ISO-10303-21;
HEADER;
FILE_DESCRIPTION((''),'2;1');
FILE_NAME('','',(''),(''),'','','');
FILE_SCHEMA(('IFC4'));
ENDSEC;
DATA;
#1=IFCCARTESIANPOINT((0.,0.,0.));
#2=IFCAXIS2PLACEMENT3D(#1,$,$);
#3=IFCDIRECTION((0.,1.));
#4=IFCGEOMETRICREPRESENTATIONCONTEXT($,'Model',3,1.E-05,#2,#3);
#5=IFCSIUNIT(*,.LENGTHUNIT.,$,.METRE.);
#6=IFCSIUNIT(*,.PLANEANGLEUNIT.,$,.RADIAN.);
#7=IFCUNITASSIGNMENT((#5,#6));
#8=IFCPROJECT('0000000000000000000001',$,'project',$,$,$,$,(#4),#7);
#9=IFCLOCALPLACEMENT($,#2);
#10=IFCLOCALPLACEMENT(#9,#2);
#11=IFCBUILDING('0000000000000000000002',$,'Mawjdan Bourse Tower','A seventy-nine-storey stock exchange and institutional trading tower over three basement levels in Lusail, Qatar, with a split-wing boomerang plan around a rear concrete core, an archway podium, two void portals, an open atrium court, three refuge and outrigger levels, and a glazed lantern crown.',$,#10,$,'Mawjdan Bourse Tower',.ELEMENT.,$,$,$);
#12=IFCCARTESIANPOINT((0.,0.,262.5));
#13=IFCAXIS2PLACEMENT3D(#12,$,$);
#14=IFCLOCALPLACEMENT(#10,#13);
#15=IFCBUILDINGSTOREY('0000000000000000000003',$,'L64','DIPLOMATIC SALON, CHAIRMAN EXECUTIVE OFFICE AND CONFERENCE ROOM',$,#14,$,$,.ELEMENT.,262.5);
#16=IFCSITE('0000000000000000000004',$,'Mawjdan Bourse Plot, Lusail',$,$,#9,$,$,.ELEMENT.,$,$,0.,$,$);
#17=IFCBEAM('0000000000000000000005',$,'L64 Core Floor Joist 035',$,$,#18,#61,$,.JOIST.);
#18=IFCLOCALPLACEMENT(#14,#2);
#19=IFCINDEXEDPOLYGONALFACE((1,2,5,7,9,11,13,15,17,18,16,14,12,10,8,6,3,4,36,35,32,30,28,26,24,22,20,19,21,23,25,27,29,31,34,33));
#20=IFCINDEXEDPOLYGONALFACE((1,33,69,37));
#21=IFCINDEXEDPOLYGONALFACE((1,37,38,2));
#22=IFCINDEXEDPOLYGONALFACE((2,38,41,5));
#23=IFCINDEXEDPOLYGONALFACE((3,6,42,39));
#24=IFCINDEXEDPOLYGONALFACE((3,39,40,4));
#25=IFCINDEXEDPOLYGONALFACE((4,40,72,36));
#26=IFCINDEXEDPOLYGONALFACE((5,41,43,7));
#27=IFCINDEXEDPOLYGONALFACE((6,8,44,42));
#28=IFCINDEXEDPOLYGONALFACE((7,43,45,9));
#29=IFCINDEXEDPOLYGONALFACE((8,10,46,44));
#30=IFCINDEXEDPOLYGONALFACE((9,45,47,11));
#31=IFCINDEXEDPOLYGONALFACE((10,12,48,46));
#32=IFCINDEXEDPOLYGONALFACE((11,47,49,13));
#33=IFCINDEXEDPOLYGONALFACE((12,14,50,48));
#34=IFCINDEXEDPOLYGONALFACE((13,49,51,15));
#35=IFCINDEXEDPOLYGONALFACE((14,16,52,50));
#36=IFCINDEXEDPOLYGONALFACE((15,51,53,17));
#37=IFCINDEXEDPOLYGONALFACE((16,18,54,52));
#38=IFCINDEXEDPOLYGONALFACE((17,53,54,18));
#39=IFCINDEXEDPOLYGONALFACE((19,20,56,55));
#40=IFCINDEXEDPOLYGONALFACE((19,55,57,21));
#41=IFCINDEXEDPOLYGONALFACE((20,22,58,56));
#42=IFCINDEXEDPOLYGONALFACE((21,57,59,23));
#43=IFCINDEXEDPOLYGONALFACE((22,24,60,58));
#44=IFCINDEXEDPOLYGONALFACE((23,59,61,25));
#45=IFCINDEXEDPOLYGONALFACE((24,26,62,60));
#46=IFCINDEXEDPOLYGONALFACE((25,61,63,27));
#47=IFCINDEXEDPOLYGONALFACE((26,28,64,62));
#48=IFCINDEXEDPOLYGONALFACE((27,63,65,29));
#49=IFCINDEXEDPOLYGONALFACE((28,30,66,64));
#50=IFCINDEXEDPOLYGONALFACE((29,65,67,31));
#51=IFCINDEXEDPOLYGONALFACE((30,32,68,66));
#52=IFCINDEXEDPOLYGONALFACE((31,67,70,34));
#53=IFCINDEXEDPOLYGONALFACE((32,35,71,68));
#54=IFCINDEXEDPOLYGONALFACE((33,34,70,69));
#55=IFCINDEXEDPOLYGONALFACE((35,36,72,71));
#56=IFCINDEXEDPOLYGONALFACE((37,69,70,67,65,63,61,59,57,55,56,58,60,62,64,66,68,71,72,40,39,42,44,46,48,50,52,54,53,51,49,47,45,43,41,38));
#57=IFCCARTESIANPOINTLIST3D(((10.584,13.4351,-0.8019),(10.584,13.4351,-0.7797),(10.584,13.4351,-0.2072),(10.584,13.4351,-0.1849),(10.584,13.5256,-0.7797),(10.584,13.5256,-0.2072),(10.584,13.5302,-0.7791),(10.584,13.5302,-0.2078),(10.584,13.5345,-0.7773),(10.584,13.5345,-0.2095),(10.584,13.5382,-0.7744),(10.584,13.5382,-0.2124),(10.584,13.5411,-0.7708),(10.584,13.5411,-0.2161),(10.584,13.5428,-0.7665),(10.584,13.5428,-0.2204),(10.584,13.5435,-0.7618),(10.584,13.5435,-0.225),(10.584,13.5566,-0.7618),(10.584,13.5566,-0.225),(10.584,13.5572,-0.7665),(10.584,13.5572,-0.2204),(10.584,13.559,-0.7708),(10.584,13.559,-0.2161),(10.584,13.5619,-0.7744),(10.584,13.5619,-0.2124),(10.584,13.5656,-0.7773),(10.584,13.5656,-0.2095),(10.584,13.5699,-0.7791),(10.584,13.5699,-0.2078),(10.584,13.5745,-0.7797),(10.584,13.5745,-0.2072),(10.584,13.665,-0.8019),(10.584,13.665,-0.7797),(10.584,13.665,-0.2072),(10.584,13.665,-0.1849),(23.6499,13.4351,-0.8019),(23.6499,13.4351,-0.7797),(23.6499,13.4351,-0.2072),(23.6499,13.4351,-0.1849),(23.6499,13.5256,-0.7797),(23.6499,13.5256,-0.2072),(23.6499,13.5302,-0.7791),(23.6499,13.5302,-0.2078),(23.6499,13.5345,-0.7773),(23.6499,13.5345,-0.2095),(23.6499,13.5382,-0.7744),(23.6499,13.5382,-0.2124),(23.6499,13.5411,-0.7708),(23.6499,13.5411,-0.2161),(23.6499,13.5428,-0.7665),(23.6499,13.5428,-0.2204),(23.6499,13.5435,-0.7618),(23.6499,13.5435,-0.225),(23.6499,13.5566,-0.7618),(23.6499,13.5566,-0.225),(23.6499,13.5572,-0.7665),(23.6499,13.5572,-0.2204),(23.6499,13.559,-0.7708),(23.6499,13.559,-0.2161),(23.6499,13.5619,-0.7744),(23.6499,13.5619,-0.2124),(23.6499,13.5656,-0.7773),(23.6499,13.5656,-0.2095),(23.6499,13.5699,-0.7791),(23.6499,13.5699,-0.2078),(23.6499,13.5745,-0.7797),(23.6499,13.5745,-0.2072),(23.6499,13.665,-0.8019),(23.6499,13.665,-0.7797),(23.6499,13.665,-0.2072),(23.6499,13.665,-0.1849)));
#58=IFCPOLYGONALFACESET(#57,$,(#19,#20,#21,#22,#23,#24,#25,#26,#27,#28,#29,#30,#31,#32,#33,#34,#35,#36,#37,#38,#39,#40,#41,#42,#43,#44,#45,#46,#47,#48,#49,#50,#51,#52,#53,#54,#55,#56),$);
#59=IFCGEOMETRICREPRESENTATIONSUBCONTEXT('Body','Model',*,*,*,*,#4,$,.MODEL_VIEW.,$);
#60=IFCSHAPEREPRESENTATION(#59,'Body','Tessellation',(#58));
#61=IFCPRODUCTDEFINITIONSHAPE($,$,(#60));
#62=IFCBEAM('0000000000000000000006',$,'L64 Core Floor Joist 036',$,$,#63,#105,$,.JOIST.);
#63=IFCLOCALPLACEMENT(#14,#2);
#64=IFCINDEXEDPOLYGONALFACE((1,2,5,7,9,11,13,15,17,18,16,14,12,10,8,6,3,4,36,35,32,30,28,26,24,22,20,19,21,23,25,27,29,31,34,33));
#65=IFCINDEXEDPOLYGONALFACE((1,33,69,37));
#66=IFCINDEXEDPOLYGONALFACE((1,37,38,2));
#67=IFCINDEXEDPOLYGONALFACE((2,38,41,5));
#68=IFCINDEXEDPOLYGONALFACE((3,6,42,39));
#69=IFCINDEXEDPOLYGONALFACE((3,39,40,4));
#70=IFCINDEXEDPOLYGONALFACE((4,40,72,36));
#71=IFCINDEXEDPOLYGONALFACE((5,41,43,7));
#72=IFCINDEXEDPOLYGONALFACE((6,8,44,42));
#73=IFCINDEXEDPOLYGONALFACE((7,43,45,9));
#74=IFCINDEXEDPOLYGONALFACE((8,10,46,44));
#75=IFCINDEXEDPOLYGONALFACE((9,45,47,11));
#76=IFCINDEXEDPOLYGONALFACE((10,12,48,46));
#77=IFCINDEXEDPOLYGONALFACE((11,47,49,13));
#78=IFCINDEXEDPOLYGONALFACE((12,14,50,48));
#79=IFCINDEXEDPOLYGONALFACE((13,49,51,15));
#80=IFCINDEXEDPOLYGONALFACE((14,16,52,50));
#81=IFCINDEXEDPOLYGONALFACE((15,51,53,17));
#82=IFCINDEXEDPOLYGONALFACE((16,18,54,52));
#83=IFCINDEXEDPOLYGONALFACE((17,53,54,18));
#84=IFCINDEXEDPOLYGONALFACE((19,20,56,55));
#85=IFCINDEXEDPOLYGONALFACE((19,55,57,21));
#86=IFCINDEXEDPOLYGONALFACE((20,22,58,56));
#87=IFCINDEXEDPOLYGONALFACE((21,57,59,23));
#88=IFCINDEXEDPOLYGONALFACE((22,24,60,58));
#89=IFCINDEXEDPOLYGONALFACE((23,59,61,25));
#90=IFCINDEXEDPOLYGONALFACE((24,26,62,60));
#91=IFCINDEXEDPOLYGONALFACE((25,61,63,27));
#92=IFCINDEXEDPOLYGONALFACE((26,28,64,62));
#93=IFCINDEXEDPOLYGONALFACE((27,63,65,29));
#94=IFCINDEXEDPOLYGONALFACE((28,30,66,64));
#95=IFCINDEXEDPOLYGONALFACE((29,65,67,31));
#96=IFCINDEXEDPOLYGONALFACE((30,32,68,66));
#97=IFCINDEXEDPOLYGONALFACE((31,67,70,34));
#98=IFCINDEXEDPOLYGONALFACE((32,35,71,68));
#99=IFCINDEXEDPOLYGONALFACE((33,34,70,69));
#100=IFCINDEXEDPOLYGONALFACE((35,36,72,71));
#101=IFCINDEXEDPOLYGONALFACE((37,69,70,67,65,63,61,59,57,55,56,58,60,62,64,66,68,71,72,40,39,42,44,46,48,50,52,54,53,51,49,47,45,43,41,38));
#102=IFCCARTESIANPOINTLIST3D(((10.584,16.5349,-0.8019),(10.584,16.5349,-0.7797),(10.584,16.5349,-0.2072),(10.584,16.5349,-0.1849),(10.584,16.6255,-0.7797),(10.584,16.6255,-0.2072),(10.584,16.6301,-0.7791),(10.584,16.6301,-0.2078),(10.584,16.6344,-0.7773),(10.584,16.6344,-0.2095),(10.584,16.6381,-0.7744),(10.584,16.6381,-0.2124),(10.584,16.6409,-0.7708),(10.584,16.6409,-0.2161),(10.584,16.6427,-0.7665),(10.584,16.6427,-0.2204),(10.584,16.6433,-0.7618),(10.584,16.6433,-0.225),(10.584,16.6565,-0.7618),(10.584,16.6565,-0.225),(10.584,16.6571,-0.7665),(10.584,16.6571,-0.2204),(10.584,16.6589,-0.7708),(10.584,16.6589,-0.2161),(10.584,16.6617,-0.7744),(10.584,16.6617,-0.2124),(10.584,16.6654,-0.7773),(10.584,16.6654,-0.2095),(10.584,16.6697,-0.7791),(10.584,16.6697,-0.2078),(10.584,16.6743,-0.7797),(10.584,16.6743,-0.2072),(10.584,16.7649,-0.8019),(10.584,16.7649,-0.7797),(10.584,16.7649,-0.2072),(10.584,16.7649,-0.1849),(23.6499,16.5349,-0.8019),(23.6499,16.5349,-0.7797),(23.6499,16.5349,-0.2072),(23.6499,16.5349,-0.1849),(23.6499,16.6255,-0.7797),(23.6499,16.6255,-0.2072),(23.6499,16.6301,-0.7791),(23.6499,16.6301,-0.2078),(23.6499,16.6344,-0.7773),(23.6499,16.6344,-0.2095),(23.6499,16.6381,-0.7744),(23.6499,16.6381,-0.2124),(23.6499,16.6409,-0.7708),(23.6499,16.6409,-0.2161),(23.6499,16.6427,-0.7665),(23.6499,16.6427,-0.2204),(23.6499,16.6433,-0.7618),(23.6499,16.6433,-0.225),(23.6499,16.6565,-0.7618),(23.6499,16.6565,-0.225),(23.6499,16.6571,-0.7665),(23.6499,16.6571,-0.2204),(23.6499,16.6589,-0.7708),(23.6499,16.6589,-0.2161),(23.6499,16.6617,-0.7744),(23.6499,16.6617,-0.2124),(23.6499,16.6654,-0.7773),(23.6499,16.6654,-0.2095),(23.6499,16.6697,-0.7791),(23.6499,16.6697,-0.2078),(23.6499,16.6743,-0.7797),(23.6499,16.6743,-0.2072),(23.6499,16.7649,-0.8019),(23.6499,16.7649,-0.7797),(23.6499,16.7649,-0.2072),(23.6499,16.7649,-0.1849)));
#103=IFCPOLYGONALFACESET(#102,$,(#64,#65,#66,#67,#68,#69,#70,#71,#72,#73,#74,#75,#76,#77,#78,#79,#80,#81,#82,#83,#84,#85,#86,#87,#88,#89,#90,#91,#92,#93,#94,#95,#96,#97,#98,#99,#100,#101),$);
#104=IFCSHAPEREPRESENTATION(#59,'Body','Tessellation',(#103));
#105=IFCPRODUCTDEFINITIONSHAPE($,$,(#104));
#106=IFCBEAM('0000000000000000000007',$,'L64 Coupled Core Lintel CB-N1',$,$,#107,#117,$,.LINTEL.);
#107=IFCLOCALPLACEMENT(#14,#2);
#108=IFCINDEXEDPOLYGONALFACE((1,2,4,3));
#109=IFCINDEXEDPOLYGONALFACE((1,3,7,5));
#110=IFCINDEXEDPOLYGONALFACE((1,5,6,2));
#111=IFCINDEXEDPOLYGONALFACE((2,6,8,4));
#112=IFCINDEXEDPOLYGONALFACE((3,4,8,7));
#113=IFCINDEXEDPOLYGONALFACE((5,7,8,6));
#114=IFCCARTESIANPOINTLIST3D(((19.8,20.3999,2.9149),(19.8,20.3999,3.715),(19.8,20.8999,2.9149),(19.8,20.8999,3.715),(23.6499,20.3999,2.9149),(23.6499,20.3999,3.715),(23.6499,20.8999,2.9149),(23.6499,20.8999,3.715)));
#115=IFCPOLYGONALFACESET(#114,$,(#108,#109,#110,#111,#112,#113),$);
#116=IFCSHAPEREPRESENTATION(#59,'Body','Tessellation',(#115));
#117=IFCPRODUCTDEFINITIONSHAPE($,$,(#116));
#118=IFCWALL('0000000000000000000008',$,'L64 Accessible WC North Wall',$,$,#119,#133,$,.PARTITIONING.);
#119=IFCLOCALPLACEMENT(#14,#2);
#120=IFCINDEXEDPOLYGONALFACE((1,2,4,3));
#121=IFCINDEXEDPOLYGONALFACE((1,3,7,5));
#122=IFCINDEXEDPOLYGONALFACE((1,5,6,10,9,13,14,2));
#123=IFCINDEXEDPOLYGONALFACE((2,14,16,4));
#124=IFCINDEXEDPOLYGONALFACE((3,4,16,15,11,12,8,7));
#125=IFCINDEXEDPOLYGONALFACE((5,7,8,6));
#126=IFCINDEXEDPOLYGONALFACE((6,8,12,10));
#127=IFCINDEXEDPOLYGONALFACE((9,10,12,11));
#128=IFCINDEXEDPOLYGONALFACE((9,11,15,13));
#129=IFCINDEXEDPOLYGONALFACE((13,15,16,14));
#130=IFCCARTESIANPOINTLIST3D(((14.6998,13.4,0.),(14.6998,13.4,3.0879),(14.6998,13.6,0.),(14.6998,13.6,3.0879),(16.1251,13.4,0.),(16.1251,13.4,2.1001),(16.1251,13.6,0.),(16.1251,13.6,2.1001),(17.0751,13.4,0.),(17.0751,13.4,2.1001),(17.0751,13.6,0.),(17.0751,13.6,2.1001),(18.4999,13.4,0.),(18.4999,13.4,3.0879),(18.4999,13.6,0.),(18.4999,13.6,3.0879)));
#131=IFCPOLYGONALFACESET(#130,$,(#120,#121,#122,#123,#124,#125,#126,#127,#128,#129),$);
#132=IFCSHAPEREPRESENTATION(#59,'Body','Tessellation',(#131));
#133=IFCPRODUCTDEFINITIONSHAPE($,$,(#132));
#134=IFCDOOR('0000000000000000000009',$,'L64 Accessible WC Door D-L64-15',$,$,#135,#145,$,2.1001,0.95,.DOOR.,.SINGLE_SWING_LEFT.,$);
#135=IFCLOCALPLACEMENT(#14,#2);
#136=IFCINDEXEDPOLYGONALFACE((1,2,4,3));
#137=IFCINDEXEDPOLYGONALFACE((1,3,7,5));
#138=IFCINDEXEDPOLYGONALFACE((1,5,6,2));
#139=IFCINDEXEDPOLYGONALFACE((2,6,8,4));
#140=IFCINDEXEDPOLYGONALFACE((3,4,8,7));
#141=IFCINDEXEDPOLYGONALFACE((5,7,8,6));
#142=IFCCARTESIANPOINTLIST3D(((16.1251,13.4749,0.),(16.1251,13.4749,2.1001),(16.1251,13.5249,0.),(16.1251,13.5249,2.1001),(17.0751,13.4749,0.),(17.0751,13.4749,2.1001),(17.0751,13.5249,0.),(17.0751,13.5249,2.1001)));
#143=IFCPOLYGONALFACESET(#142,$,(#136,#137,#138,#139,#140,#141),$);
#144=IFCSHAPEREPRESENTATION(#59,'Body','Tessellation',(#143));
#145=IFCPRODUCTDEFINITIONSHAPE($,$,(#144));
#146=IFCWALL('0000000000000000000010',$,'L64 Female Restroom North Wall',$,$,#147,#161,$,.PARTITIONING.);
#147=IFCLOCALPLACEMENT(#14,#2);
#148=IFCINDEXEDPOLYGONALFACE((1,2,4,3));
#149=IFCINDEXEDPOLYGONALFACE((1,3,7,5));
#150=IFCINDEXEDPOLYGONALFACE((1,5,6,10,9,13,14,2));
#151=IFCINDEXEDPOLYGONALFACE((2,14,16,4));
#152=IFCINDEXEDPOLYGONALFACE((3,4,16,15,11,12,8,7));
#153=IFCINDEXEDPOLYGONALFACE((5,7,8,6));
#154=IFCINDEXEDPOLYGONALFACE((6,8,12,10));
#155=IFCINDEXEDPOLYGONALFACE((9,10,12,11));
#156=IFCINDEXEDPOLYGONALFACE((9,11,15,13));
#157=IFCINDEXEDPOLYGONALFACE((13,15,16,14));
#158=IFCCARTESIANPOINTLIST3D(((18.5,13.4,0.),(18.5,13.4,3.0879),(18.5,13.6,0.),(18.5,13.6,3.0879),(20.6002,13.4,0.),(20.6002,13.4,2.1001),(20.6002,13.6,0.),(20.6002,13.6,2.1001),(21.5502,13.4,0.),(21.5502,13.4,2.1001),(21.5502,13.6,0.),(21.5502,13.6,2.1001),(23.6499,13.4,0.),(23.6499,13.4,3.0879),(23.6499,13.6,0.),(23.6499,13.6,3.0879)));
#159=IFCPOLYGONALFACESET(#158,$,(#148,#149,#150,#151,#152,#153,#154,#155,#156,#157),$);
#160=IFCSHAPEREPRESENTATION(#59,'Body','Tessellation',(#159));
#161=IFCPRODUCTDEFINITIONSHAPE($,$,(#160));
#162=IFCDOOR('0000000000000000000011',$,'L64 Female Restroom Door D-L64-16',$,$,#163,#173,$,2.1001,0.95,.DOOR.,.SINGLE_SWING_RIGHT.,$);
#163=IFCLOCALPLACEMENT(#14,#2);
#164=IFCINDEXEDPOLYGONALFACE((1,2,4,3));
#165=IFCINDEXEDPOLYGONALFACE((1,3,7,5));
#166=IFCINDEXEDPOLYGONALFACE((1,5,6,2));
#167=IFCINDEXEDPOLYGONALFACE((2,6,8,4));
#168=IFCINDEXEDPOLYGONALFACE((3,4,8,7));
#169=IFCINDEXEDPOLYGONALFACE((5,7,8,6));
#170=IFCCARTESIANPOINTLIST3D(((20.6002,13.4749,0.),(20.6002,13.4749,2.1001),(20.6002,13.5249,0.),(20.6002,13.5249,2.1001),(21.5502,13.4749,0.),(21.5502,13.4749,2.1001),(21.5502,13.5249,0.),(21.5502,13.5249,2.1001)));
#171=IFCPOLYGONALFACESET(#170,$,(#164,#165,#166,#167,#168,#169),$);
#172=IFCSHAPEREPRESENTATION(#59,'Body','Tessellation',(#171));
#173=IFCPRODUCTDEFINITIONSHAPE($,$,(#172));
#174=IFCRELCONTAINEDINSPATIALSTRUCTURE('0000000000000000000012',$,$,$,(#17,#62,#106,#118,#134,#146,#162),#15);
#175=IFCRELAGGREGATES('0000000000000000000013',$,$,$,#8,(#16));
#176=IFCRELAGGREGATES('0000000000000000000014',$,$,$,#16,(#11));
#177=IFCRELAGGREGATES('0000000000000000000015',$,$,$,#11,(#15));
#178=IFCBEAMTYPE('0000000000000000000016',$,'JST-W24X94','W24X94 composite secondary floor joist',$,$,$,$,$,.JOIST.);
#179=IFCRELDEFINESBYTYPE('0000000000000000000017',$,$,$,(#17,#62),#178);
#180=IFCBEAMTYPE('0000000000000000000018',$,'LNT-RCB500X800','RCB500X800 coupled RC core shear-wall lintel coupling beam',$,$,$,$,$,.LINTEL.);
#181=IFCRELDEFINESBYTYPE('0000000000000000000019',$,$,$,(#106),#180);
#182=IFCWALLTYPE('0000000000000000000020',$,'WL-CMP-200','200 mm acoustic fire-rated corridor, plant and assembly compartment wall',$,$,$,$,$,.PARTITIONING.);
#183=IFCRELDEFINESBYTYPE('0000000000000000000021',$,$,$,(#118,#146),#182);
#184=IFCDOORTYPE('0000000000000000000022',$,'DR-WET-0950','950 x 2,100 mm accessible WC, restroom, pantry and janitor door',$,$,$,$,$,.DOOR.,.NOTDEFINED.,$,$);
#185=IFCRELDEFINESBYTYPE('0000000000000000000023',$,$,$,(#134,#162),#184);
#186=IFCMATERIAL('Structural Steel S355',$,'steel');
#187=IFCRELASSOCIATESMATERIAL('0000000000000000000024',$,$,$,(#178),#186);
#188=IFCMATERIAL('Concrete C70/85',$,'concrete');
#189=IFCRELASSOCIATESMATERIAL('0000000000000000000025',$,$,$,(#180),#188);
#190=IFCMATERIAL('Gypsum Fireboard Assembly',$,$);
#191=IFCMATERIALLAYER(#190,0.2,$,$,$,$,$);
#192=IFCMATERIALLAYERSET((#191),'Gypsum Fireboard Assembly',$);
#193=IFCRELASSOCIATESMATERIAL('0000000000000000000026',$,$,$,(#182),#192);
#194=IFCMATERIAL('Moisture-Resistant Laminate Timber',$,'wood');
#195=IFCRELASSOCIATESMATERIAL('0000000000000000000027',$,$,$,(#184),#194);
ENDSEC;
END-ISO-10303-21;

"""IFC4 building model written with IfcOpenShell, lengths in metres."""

from ifc_helpers import new_model, si_unit, direction, frame, frame_2d, origin, origin_2d, place, context, subcontext, project, spatial, rectangle, i_section, extrude, material, layer, layer_set, material_profile, profile_set, type_object, element, fill, save


model = new_model("IFC4")

# Units and contexts
model_context = context("Model", 3, precision=1e-05, world=origin(), true_north=direction((0.0, 1.0)))
body_context = subcontext(model_context, "Body", "Model", "MODEL_VIEW")
ifc_project = project(units=[si_unit("LENGTHUNIT", "METRE"), si_unit("PLANEANGLEUNIT", "RADIAN")], contexts=[model_context])

# Site, building, storey
site_placement = place(None, origin())
site = spatial("IfcSite", under=ifc_project, at=site_placement, Name="Mawjdan Bourse Plot, Lusail", CompositionType="ELEMENT", RefElevation=0.0)
building_placement = place(site_placement, origin())
building = spatial("IfcBuilding", under=site, at=building_placement, Name="Mawjdan Bourse Tower", Description="A seventy-nine-storey stock exchange and institutional trading tower over three basement levels in Lusail, Qatar, with a split-wing boomerang plan around a rear concrete core, an archway podium, two void portals, an open atrium court, three refuge and outrigger levels, and a glazed lantern crown.", LongName="Mawjdan Bourse Tower", CompositionType="ELEMENT")
storey_placement = place(building_placement, frame((0.0, 0.0, 262.5)))
storey = spatial("IfcBuildingStorey", under=building, at=storey_placement, Name="L64", Description="DIPLOMATIC SALON, CHAIRMAN EXECUTIVE OFFICE AND CONFERENCE ROOM", CompositionType="ELEMENT", Elevation=262.5)

# Beams
ifc_material_1 = material(Name="Structural Steel S355", Category="steel")
ifc_material_profile_1 = material_profile(ifc_material_1, i_section(OverallWidth=0.23, OverallDepth=0.6169, WebThickness=0.0132, FlangeThickness=0.0222, FilletRadius=0.0178, at=origin_2d()), Name="W24X94")
ifc_profile_set_1 = profile_set([ifc_material_profile_1], Name="Structural Steel S355")
beam_type_1 = type_object("IfcBeamType", Name="JST-W24X94", Description="W24X94 composite secondary floor joist", PredefinedType="JOIST", material=ifc_profile_set_1)
for number, where, z_axis, x_axis, name in (
    (1, (10.584, 13.55, -0.4934), (1.0, 0.0, 0.0), (0.0, 1.0, 0.0), "L64 Core Floor Joist 035"),
    (2, (10.584, 16.6499, -0.4934), (1.0, 0.0, 0.0), (0.0, 1.0, 0.0), "L64 Core Floor Joist 036"),
):
    element("IfcBeam", number, at=place(storey_placement, frame(where, z_axis=z_axis, x_axis=x_axis)), inside=storey, type_object=beam_type_1, Name=name, PredefinedType="JOIST", context=body_context, shape_type="SweptSolid", body=[
        extrude(i_section(OverallWidth=0.23, OverallDepth=0.6169, WebThickness=0.0132, FlangeThickness=0.0222, FilletRadius=0.0178, at=origin_2d()), origin(), (0.0, 0.0, 1.0), 13.0659),
    ])
ifc_material_2 = material(Name="Concrete C70/85", Category="concrete")
ifc_material_profile_2 = material_profile(ifc_material_2, rectangle(XDim=0.5, YDim=0.8, at=origin_2d()), Name="RCB500X800")
ifc_profile_set_2 = profile_set([ifc_material_profile_2], Name="Concrete C70/85")
beam_type_2 = type_object("IfcBeamType", Name="LNT-RCB500X800", Description="RCB500X800 coupled RC core shear-wall lintel coupling beam", PredefinedType="LINTEL", material=ifc_profile_set_2)
beam_placement = place(storey_placement, frame((19.8, 20.6499, 3.3149), z_axis=(1.0, 0.0, 0.0), x_axis=(0.0, 1.0, 0.0)))
element("IfcBeam", 3, at=beam_placement, inside=storey, type_object=beam_type_2, Name="L64 Coupled Core Lintel CB-N1", PredefinedType="LINTEL", context=body_context, shape_type="SweptSolid", body=[
    extrude(rectangle(XDim=0.5, YDim=0.8, at=origin_2d()), origin(), (0.0, 0.0, 1.0), 3.8499),
])

# Walls, openings, doors
ifc_material_3 = material(Name="Gypsum Fireboard Assembly")
ifc_layer_1 = layer(ifc_material_3, 0.2)
ifc_layer_set_1 = layer_set([ifc_layer_1], Name="Gypsum Fireboard Assembly")
wall_type_1 = type_object("IfcWallType", Name="WL-CMP-200", Description="200 mm acoustic fire-rated corridor, plant and assembly compartment wall", PredefinedType="PARTITIONING", material=ifc_layer_set_1)
wall_1_placement = place(storey_placement, frame((14.7, 13.5, 0.0), z_axis=(0.0, 0.0, 1.0), x_axis=(1.0, 0.0, 0.0)))
wall_1 = element("IfcWall", 4, at=wall_1_placement, inside=storey, type_object=wall_type_1, Name="L64 Accessible WC North Wall", PredefinedType="PARTITIONING", context=body_context, shape_type="SweptSolid", body=[
    extrude(rectangle(XDim=3.8, YDim=0.2, at=frame_2d((1.8999, 0.0))), origin(), (0.0, 0.0, 1.0), 3.0879),
])
opening_1_placement = place(wall_1_placement, frame((1.425, 0.0, 0.0)))
opening_1 = element("IfcOpeningElement", 5, at=opening_1_placement, cuts=wall_1, PredefinedType="OPENING", context=body_context, shape_type="SweptSolid", body=[
    extrude(rectangle(XDim=0.95, YDim=2.1001, at=frame_2d((0.4751, 1.05))), frame((0.0, 0.1099, 0.0), z_axis=(0.0, -1.0, 0.0), x_axis=(1.0, 0.0, 0.0)), (0.0, 0.0, 1.0), 0.22),
])
ifc_material_4 = material(Name="Moisture-Resistant Laminate Timber", Category="wood")
door_type_1 = type_object("IfcDoorType", Name="DR-WET-0950", Description="950 x 2,100 mm accessible WC, restroom, pantry and janitor door", OperationType="NOTDEFINED", PredefinedType="DOOR", material=ifc_material_4)
door_1_placement = place(opening_1_placement, origin())
door_1 = element("IfcDoor", 6, at=door_1_placement, inside=storey, type_object=door_type_1, Name="L64 Accessible WC Door D-L64-15", OperationType="SINGLE_SWING_LEFT", OverallHeight=2.1001, OverallWidth=0.95, PredefinedType="DOOR", context=body_context, shape_type="SweptSolid", body=[
    extrude(rectangle(XDim=0.95, YDim=2.1001, at=frame_2d((0.4751, 1.05))), frame((0.0, 0.0249, 0.0), z_axis=(0.0, -1.0, 0.0), x_axis=(1.0, 0.0, 0.0)), (0.0, 0.0, 1.0), 0.05),
])
fill(opening_1, door_1)
wall_2_placement = place(storey_placement, frame((18.5, 13.5, 0.0), z_axis=(0.0, 0.0, 1.0), x_axis=(1.0, 0.0, 0.0)))
wall_2 = element("IfcWall", 7, at=wall_2_placement, inside=storey, type_object=wall_type_1, Name="L64 Female Restroom North Wall", PredefinedType="PARTITIONING", context=body_context, shape_type="SweptSolid", body=[
    extrude(rectangle(XDim=5.1499, YDim=0.2, at=frame_2d((2.575, 0.0))), origin(), (0.0, 0.0, 1.0), 3.0879),
])
opening_2_placement = place(wall_2_placement, frame((2.1001, 0.0, 0.0)))
opening_2 = element("IfcOpeningElement", 8, at=opening_2_placement, cuts=wall_2, PredefinedType="OPENING", context=body_context, shape_type="SweptSolid", body=[
    extrude(rectangle(XDim=0.95, YDim=2.1001, at=frame_2d((0.4751, 1.05))), frame((0.0, 0.1099, 0.0), z_axis=(0.0, -1.0, 0.0), x_axis=(1.0, 0.0, 0.0)), (0.0, 0.0, 1.0), 0.22),
])
door_2_placement = place(opening_2_placement, origin())
door_2 = element("IfcDoor", 9, at=door_2_placement, inside=storey, type_object=door_type_1, Name="L64 Female Restroom Door D-L64-16", OperationType="SINGLE_SWING_RIGHT", OverallHeight=2.1001, OverallWidth=0.95, PredefinedType="DOOR", context=body_context, shape_type="SweptSolid", body=[
    extrude(rectangle(XDim=0.95, YDim=2.1001, at=frame_2d((0.4751, 1.05))), frame((0.0, 0.0249, 0.0), z_axis=(0.0, -1.0, 0.0), x_axis=(1.0, 0.0, 0.0)), (0.0, 0.0, 1.0), 0.05),
])
fill(opening_2, door_2)

save(model, "model.ifc")
